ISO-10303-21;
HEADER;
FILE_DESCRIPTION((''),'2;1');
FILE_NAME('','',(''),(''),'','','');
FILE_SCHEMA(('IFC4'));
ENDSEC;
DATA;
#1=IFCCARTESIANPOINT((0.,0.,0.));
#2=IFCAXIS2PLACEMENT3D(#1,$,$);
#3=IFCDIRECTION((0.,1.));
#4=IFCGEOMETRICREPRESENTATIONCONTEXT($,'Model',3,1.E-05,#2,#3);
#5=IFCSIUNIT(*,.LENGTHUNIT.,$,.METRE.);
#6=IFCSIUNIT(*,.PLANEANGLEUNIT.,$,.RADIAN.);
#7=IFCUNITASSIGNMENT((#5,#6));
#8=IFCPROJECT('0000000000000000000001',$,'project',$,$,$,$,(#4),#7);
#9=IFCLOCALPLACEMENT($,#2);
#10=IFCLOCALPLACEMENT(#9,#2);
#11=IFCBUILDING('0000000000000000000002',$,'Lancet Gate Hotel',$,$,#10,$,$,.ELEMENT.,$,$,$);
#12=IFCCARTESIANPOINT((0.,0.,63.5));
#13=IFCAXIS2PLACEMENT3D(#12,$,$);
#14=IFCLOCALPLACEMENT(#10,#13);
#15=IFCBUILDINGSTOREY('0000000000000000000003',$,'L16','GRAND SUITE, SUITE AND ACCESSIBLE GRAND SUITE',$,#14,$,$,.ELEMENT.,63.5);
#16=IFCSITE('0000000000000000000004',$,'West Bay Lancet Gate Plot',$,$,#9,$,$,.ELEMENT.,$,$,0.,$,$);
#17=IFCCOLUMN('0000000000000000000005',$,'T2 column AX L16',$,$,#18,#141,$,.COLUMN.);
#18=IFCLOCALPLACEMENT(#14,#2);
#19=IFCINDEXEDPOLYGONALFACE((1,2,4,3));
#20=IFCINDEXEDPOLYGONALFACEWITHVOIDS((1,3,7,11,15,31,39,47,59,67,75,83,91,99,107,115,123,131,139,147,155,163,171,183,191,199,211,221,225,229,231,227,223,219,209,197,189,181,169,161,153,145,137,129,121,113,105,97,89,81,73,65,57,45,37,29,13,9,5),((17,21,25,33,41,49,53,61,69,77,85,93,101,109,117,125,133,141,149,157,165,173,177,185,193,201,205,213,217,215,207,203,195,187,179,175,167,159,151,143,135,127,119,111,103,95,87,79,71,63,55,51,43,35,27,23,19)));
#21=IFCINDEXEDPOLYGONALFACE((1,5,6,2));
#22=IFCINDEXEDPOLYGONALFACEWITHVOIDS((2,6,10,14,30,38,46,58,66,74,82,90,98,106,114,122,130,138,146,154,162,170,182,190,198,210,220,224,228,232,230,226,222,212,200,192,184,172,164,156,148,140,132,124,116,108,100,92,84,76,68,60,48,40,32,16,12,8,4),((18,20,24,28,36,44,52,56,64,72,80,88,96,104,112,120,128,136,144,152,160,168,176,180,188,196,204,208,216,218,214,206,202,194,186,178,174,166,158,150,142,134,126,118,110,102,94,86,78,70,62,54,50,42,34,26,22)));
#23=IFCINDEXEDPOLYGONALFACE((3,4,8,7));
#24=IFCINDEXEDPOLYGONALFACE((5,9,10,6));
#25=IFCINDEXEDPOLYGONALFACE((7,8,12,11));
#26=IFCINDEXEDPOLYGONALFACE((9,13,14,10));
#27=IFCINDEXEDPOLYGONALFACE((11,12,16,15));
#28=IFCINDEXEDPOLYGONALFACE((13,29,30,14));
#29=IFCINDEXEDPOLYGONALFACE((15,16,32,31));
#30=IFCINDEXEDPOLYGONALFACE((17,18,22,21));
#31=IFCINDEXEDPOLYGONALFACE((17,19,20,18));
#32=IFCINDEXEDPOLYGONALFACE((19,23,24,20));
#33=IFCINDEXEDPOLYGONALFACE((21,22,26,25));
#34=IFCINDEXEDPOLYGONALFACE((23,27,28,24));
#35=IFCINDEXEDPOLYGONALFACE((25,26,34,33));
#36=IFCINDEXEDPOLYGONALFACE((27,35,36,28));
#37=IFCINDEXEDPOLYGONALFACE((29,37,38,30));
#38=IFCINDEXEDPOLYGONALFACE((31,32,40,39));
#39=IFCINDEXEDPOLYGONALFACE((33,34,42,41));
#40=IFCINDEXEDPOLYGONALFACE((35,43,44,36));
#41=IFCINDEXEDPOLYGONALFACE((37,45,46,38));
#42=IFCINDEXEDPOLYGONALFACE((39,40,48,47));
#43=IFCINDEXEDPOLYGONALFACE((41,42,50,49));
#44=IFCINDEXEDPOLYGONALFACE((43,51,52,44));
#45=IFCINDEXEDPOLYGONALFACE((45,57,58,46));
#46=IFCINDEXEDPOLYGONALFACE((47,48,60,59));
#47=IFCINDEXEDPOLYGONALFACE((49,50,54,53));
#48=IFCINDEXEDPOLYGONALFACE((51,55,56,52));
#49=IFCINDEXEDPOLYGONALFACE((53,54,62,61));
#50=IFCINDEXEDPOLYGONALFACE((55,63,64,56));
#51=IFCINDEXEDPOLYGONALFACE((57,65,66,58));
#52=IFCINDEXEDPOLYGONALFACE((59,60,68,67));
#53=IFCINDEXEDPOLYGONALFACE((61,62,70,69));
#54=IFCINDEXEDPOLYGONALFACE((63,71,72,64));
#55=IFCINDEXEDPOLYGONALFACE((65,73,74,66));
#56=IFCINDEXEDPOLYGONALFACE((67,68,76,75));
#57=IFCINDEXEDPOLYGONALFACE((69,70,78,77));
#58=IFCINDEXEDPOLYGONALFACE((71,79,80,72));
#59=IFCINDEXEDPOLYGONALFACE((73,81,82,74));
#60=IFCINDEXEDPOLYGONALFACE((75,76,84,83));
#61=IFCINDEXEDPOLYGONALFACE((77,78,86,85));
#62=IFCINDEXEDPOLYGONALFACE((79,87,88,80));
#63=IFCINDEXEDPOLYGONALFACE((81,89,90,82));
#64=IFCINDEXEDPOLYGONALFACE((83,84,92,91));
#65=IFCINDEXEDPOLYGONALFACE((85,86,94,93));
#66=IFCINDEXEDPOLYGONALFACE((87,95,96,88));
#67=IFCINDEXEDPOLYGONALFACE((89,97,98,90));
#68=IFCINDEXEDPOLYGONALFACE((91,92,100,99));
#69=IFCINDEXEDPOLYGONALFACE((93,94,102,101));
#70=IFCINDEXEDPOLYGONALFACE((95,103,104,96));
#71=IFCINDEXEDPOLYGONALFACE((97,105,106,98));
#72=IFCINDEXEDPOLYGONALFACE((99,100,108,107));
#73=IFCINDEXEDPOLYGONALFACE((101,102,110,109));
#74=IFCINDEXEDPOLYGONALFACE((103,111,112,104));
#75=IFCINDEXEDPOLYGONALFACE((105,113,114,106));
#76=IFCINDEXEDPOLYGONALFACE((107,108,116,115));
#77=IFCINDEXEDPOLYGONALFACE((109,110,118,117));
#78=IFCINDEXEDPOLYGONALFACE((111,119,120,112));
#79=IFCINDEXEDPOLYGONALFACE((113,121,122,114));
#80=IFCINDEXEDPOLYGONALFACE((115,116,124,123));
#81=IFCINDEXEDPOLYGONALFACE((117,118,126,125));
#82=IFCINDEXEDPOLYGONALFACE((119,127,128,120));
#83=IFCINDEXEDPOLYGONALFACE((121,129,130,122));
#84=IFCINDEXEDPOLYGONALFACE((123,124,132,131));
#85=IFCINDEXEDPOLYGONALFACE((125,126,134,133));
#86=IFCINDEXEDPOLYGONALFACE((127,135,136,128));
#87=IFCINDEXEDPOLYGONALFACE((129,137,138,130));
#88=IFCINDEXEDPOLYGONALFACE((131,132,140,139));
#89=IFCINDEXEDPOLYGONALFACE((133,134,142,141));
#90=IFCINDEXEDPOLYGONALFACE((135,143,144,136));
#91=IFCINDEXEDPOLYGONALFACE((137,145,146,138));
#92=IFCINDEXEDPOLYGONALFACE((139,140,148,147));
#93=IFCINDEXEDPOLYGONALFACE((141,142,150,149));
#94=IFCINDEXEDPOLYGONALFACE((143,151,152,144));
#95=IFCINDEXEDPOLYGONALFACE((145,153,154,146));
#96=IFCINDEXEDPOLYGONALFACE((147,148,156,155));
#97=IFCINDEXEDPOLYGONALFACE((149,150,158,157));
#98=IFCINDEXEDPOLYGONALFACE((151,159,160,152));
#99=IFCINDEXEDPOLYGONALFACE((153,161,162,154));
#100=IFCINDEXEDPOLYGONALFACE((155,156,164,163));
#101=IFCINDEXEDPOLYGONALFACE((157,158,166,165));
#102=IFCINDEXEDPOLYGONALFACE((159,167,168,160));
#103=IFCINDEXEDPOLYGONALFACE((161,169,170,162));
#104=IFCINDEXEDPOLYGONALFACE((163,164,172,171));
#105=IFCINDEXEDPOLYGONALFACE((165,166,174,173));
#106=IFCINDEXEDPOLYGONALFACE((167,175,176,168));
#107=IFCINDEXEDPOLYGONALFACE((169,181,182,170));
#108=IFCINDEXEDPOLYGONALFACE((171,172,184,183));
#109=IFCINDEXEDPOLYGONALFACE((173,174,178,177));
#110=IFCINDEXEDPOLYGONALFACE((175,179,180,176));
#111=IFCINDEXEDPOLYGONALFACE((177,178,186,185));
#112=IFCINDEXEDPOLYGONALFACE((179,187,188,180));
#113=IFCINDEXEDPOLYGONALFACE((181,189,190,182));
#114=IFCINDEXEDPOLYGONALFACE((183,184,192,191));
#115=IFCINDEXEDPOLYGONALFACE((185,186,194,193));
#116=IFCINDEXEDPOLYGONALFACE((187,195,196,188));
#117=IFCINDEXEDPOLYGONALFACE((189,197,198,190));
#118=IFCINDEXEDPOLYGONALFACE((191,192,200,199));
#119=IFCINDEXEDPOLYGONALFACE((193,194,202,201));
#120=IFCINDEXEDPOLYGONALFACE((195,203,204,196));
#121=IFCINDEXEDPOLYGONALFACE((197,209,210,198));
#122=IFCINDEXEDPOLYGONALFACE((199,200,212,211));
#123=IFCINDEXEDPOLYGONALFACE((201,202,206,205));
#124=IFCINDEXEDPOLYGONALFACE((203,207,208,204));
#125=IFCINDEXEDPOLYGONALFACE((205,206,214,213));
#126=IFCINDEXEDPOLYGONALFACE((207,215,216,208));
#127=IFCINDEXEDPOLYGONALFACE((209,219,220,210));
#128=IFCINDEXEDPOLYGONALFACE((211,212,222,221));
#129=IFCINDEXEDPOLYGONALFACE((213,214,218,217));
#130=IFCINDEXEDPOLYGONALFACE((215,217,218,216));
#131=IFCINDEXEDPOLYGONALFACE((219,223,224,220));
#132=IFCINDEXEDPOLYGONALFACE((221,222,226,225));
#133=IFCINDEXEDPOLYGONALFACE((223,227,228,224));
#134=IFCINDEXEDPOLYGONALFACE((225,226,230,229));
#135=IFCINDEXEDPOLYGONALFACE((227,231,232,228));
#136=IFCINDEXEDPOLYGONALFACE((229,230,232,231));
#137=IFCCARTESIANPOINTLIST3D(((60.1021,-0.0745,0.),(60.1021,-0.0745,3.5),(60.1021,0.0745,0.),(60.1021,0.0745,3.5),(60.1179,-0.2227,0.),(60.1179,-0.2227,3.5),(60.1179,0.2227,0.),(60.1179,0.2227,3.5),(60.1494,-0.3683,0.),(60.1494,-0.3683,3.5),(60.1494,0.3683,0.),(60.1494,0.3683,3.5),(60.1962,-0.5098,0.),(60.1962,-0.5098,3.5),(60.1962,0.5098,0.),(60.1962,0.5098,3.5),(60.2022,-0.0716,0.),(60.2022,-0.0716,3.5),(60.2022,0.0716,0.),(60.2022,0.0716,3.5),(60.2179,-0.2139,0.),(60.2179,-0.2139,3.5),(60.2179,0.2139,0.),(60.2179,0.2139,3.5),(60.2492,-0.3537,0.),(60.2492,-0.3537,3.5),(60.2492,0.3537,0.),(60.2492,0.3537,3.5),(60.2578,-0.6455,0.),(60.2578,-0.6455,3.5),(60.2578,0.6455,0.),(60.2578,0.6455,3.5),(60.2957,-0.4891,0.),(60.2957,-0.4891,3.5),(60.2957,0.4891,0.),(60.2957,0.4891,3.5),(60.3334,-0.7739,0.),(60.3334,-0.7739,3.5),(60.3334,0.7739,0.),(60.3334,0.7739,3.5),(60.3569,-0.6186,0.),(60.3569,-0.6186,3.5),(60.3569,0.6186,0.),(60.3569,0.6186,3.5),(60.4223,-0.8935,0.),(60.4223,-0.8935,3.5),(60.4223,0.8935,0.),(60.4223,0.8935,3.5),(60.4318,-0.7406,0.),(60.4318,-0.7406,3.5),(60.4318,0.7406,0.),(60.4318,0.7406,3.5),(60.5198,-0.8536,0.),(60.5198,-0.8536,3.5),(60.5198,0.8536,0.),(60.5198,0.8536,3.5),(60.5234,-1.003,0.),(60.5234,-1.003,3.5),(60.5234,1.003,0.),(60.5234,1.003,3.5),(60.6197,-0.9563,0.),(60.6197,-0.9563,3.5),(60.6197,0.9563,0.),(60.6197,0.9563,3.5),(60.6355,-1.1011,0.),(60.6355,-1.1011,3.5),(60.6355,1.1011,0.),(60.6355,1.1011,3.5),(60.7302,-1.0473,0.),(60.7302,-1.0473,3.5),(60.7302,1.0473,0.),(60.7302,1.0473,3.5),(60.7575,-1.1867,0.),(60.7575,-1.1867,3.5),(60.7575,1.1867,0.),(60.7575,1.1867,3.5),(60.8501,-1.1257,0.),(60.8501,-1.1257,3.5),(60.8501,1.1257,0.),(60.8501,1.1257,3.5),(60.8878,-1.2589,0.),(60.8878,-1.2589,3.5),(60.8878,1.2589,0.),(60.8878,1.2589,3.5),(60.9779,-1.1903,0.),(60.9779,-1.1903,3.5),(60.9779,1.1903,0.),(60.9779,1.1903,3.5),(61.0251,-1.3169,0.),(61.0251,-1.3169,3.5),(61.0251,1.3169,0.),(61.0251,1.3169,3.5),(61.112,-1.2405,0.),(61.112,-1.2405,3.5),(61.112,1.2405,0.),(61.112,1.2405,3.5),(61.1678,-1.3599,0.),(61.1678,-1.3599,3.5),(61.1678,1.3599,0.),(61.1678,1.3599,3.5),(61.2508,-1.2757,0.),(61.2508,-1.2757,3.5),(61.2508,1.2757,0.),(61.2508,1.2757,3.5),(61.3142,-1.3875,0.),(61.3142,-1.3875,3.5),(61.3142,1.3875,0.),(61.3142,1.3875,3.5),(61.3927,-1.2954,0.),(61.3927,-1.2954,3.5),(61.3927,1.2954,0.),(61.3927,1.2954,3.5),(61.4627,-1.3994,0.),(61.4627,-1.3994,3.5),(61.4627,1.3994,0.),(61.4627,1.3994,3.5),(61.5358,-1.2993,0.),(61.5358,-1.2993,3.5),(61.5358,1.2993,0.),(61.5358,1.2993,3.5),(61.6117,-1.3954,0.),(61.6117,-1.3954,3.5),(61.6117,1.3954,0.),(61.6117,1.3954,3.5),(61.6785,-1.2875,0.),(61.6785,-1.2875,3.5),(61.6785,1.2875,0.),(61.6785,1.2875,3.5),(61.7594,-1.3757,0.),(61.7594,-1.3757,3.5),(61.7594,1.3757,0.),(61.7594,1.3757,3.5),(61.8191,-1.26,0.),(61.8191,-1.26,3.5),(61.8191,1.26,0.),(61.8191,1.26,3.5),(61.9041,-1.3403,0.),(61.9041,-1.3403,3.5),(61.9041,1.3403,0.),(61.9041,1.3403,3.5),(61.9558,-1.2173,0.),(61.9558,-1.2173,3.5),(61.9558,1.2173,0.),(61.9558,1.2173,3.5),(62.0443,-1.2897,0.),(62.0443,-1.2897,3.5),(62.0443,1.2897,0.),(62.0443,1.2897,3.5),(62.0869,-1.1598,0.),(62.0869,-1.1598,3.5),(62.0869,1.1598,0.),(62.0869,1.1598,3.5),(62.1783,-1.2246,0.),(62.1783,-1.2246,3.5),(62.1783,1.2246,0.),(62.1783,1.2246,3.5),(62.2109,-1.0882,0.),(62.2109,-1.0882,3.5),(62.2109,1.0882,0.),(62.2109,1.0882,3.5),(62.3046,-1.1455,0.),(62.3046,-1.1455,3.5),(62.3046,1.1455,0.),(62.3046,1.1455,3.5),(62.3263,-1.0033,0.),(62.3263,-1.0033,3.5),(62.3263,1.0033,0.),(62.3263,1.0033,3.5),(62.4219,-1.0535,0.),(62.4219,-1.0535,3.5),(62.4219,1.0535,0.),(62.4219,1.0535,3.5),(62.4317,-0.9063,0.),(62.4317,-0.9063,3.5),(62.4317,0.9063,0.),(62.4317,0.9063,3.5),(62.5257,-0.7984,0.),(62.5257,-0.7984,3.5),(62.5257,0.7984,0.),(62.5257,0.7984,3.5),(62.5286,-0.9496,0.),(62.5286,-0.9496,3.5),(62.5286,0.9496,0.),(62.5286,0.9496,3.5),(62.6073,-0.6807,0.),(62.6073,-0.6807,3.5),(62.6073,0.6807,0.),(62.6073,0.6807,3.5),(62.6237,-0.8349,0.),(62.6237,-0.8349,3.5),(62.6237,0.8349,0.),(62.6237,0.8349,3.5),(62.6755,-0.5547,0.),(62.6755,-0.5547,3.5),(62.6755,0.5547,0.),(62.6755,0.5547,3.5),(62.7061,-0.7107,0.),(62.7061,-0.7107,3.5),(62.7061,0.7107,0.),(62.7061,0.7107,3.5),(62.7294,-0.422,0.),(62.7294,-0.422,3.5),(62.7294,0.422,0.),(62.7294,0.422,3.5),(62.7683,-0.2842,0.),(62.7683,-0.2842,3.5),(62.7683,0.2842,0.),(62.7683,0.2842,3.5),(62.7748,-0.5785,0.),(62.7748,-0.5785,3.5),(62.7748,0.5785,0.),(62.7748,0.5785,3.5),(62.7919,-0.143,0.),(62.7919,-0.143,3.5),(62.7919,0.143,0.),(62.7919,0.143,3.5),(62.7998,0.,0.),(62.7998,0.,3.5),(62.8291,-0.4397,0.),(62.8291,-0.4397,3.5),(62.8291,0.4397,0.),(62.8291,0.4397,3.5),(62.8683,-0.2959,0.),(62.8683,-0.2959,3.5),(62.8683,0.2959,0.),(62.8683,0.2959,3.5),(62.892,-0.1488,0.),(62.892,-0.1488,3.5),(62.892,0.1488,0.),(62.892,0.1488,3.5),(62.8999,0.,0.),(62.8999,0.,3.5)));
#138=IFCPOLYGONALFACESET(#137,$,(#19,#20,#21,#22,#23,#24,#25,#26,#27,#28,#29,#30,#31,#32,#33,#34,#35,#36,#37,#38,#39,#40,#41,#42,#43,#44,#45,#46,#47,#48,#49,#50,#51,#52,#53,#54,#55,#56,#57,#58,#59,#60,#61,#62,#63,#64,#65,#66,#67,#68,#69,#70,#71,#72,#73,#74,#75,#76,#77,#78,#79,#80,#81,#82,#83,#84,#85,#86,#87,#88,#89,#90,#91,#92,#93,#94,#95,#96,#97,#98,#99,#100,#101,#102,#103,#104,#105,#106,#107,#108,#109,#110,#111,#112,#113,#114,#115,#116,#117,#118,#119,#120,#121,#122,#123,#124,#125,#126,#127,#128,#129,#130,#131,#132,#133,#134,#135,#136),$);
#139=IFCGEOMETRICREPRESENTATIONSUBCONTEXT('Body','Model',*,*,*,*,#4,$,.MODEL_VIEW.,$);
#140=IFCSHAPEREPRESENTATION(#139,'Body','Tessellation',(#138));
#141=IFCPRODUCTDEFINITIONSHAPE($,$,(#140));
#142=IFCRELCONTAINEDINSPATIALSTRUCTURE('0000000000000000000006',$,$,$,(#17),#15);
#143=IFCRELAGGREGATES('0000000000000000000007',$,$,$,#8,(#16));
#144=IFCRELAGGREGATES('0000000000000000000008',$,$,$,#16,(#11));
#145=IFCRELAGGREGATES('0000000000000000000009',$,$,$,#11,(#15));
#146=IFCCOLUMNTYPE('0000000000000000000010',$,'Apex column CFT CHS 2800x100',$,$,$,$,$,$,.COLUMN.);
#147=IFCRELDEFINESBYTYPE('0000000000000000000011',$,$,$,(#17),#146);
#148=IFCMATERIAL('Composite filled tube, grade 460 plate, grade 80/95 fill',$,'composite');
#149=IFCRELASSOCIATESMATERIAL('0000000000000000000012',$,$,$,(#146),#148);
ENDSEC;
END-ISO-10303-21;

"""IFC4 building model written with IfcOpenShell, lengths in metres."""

from ifc_helpers import new_model, si_unit, direction, frame, origin, origin_2d, place, context, subcontext, project, spatial, hollow_circle, extrude, material, material_profile, profile_set, type_object, element, save


model = new_model("IFC4")

# Units and contexts
model_context = context("Model", 3, precision=1e-05, world=origin(), true_north=direction((0.0, 1.0)))
body_context = subcontext(model_context, "Body", "Model", "MODEL_VIEW")
ifc_project = project(units=[si_unit("LENGTHUNIT", "METRE"), si_unit("PLANEANGLEUNIT", "RADIAN")], contexts=[model_context])

# Site, building, storey
site_placement = place(None, origin())
site = spatial("IfcSite", under=ifc_project, at=site_placement, Name="West Bay Lancet Gate Plot", CompositionType="ELEMENT", RefElevation=0.0)
building_placement = place(site_placement, origin())
building = spatial("IfcBuilding", under=site, at=building_placement, Name="Lancet Gate Hotel", CompositionType="ELEMENT")
storey_placement = place(building_placement, frame((0.0, 0.0, 63.5)))
storey = spatial("IfcBuildingStorey", under=building, at=storey_placement, Name="L16", Description="GRAND SUITE, SUITE AND ACCESSIBLE GRAND SUITE", CompositionType="ELEMENT", Elevation=63.5)

# Column
ifc_material_1 = material(Name="Composite filled tube, grade 460 plate, grade 80/95 fill", Category="composite")
ifc_material_profile_1 = material_profile(ifc_material_1, hollow_circle(Radius=1.3999, WallThickness=0.1001, at=origin_2d()), Name="CHS 2800x100")
ifc_profile_set_1 = profile_set([ifc_material_profile_1], Name="Composite filled tube, grade 460 plate, grade 80/95 fill")
column_type_1 = type_object("IfcColumnType", Name="Apex column CFT CHS 2800x100", PredefinedType="COLUMN", material=ifc_profile_set_1)
column_1_placement = place(storey_placement, frame((61.5, 0.0, 0.0), z_axis=(0.0, 0.0, 1.0), x_axis=(1.0, 0.0, 0.0)))
element("IfcColumn", 1, at=column_1_placement, inside=storey, type_object=column_type_1, Name="T2 column AX L16", PredefinedType="COLUMN", context=body_context, shape_type="SweptSolid", body=[
    extrude(hollow_circle(Radius=1.3999, WallThickness=0.1001, at=origin_2d()), origin(), (0.0, 0.0, 1.0), 3.5),
])

save(model, "model.ifc")
